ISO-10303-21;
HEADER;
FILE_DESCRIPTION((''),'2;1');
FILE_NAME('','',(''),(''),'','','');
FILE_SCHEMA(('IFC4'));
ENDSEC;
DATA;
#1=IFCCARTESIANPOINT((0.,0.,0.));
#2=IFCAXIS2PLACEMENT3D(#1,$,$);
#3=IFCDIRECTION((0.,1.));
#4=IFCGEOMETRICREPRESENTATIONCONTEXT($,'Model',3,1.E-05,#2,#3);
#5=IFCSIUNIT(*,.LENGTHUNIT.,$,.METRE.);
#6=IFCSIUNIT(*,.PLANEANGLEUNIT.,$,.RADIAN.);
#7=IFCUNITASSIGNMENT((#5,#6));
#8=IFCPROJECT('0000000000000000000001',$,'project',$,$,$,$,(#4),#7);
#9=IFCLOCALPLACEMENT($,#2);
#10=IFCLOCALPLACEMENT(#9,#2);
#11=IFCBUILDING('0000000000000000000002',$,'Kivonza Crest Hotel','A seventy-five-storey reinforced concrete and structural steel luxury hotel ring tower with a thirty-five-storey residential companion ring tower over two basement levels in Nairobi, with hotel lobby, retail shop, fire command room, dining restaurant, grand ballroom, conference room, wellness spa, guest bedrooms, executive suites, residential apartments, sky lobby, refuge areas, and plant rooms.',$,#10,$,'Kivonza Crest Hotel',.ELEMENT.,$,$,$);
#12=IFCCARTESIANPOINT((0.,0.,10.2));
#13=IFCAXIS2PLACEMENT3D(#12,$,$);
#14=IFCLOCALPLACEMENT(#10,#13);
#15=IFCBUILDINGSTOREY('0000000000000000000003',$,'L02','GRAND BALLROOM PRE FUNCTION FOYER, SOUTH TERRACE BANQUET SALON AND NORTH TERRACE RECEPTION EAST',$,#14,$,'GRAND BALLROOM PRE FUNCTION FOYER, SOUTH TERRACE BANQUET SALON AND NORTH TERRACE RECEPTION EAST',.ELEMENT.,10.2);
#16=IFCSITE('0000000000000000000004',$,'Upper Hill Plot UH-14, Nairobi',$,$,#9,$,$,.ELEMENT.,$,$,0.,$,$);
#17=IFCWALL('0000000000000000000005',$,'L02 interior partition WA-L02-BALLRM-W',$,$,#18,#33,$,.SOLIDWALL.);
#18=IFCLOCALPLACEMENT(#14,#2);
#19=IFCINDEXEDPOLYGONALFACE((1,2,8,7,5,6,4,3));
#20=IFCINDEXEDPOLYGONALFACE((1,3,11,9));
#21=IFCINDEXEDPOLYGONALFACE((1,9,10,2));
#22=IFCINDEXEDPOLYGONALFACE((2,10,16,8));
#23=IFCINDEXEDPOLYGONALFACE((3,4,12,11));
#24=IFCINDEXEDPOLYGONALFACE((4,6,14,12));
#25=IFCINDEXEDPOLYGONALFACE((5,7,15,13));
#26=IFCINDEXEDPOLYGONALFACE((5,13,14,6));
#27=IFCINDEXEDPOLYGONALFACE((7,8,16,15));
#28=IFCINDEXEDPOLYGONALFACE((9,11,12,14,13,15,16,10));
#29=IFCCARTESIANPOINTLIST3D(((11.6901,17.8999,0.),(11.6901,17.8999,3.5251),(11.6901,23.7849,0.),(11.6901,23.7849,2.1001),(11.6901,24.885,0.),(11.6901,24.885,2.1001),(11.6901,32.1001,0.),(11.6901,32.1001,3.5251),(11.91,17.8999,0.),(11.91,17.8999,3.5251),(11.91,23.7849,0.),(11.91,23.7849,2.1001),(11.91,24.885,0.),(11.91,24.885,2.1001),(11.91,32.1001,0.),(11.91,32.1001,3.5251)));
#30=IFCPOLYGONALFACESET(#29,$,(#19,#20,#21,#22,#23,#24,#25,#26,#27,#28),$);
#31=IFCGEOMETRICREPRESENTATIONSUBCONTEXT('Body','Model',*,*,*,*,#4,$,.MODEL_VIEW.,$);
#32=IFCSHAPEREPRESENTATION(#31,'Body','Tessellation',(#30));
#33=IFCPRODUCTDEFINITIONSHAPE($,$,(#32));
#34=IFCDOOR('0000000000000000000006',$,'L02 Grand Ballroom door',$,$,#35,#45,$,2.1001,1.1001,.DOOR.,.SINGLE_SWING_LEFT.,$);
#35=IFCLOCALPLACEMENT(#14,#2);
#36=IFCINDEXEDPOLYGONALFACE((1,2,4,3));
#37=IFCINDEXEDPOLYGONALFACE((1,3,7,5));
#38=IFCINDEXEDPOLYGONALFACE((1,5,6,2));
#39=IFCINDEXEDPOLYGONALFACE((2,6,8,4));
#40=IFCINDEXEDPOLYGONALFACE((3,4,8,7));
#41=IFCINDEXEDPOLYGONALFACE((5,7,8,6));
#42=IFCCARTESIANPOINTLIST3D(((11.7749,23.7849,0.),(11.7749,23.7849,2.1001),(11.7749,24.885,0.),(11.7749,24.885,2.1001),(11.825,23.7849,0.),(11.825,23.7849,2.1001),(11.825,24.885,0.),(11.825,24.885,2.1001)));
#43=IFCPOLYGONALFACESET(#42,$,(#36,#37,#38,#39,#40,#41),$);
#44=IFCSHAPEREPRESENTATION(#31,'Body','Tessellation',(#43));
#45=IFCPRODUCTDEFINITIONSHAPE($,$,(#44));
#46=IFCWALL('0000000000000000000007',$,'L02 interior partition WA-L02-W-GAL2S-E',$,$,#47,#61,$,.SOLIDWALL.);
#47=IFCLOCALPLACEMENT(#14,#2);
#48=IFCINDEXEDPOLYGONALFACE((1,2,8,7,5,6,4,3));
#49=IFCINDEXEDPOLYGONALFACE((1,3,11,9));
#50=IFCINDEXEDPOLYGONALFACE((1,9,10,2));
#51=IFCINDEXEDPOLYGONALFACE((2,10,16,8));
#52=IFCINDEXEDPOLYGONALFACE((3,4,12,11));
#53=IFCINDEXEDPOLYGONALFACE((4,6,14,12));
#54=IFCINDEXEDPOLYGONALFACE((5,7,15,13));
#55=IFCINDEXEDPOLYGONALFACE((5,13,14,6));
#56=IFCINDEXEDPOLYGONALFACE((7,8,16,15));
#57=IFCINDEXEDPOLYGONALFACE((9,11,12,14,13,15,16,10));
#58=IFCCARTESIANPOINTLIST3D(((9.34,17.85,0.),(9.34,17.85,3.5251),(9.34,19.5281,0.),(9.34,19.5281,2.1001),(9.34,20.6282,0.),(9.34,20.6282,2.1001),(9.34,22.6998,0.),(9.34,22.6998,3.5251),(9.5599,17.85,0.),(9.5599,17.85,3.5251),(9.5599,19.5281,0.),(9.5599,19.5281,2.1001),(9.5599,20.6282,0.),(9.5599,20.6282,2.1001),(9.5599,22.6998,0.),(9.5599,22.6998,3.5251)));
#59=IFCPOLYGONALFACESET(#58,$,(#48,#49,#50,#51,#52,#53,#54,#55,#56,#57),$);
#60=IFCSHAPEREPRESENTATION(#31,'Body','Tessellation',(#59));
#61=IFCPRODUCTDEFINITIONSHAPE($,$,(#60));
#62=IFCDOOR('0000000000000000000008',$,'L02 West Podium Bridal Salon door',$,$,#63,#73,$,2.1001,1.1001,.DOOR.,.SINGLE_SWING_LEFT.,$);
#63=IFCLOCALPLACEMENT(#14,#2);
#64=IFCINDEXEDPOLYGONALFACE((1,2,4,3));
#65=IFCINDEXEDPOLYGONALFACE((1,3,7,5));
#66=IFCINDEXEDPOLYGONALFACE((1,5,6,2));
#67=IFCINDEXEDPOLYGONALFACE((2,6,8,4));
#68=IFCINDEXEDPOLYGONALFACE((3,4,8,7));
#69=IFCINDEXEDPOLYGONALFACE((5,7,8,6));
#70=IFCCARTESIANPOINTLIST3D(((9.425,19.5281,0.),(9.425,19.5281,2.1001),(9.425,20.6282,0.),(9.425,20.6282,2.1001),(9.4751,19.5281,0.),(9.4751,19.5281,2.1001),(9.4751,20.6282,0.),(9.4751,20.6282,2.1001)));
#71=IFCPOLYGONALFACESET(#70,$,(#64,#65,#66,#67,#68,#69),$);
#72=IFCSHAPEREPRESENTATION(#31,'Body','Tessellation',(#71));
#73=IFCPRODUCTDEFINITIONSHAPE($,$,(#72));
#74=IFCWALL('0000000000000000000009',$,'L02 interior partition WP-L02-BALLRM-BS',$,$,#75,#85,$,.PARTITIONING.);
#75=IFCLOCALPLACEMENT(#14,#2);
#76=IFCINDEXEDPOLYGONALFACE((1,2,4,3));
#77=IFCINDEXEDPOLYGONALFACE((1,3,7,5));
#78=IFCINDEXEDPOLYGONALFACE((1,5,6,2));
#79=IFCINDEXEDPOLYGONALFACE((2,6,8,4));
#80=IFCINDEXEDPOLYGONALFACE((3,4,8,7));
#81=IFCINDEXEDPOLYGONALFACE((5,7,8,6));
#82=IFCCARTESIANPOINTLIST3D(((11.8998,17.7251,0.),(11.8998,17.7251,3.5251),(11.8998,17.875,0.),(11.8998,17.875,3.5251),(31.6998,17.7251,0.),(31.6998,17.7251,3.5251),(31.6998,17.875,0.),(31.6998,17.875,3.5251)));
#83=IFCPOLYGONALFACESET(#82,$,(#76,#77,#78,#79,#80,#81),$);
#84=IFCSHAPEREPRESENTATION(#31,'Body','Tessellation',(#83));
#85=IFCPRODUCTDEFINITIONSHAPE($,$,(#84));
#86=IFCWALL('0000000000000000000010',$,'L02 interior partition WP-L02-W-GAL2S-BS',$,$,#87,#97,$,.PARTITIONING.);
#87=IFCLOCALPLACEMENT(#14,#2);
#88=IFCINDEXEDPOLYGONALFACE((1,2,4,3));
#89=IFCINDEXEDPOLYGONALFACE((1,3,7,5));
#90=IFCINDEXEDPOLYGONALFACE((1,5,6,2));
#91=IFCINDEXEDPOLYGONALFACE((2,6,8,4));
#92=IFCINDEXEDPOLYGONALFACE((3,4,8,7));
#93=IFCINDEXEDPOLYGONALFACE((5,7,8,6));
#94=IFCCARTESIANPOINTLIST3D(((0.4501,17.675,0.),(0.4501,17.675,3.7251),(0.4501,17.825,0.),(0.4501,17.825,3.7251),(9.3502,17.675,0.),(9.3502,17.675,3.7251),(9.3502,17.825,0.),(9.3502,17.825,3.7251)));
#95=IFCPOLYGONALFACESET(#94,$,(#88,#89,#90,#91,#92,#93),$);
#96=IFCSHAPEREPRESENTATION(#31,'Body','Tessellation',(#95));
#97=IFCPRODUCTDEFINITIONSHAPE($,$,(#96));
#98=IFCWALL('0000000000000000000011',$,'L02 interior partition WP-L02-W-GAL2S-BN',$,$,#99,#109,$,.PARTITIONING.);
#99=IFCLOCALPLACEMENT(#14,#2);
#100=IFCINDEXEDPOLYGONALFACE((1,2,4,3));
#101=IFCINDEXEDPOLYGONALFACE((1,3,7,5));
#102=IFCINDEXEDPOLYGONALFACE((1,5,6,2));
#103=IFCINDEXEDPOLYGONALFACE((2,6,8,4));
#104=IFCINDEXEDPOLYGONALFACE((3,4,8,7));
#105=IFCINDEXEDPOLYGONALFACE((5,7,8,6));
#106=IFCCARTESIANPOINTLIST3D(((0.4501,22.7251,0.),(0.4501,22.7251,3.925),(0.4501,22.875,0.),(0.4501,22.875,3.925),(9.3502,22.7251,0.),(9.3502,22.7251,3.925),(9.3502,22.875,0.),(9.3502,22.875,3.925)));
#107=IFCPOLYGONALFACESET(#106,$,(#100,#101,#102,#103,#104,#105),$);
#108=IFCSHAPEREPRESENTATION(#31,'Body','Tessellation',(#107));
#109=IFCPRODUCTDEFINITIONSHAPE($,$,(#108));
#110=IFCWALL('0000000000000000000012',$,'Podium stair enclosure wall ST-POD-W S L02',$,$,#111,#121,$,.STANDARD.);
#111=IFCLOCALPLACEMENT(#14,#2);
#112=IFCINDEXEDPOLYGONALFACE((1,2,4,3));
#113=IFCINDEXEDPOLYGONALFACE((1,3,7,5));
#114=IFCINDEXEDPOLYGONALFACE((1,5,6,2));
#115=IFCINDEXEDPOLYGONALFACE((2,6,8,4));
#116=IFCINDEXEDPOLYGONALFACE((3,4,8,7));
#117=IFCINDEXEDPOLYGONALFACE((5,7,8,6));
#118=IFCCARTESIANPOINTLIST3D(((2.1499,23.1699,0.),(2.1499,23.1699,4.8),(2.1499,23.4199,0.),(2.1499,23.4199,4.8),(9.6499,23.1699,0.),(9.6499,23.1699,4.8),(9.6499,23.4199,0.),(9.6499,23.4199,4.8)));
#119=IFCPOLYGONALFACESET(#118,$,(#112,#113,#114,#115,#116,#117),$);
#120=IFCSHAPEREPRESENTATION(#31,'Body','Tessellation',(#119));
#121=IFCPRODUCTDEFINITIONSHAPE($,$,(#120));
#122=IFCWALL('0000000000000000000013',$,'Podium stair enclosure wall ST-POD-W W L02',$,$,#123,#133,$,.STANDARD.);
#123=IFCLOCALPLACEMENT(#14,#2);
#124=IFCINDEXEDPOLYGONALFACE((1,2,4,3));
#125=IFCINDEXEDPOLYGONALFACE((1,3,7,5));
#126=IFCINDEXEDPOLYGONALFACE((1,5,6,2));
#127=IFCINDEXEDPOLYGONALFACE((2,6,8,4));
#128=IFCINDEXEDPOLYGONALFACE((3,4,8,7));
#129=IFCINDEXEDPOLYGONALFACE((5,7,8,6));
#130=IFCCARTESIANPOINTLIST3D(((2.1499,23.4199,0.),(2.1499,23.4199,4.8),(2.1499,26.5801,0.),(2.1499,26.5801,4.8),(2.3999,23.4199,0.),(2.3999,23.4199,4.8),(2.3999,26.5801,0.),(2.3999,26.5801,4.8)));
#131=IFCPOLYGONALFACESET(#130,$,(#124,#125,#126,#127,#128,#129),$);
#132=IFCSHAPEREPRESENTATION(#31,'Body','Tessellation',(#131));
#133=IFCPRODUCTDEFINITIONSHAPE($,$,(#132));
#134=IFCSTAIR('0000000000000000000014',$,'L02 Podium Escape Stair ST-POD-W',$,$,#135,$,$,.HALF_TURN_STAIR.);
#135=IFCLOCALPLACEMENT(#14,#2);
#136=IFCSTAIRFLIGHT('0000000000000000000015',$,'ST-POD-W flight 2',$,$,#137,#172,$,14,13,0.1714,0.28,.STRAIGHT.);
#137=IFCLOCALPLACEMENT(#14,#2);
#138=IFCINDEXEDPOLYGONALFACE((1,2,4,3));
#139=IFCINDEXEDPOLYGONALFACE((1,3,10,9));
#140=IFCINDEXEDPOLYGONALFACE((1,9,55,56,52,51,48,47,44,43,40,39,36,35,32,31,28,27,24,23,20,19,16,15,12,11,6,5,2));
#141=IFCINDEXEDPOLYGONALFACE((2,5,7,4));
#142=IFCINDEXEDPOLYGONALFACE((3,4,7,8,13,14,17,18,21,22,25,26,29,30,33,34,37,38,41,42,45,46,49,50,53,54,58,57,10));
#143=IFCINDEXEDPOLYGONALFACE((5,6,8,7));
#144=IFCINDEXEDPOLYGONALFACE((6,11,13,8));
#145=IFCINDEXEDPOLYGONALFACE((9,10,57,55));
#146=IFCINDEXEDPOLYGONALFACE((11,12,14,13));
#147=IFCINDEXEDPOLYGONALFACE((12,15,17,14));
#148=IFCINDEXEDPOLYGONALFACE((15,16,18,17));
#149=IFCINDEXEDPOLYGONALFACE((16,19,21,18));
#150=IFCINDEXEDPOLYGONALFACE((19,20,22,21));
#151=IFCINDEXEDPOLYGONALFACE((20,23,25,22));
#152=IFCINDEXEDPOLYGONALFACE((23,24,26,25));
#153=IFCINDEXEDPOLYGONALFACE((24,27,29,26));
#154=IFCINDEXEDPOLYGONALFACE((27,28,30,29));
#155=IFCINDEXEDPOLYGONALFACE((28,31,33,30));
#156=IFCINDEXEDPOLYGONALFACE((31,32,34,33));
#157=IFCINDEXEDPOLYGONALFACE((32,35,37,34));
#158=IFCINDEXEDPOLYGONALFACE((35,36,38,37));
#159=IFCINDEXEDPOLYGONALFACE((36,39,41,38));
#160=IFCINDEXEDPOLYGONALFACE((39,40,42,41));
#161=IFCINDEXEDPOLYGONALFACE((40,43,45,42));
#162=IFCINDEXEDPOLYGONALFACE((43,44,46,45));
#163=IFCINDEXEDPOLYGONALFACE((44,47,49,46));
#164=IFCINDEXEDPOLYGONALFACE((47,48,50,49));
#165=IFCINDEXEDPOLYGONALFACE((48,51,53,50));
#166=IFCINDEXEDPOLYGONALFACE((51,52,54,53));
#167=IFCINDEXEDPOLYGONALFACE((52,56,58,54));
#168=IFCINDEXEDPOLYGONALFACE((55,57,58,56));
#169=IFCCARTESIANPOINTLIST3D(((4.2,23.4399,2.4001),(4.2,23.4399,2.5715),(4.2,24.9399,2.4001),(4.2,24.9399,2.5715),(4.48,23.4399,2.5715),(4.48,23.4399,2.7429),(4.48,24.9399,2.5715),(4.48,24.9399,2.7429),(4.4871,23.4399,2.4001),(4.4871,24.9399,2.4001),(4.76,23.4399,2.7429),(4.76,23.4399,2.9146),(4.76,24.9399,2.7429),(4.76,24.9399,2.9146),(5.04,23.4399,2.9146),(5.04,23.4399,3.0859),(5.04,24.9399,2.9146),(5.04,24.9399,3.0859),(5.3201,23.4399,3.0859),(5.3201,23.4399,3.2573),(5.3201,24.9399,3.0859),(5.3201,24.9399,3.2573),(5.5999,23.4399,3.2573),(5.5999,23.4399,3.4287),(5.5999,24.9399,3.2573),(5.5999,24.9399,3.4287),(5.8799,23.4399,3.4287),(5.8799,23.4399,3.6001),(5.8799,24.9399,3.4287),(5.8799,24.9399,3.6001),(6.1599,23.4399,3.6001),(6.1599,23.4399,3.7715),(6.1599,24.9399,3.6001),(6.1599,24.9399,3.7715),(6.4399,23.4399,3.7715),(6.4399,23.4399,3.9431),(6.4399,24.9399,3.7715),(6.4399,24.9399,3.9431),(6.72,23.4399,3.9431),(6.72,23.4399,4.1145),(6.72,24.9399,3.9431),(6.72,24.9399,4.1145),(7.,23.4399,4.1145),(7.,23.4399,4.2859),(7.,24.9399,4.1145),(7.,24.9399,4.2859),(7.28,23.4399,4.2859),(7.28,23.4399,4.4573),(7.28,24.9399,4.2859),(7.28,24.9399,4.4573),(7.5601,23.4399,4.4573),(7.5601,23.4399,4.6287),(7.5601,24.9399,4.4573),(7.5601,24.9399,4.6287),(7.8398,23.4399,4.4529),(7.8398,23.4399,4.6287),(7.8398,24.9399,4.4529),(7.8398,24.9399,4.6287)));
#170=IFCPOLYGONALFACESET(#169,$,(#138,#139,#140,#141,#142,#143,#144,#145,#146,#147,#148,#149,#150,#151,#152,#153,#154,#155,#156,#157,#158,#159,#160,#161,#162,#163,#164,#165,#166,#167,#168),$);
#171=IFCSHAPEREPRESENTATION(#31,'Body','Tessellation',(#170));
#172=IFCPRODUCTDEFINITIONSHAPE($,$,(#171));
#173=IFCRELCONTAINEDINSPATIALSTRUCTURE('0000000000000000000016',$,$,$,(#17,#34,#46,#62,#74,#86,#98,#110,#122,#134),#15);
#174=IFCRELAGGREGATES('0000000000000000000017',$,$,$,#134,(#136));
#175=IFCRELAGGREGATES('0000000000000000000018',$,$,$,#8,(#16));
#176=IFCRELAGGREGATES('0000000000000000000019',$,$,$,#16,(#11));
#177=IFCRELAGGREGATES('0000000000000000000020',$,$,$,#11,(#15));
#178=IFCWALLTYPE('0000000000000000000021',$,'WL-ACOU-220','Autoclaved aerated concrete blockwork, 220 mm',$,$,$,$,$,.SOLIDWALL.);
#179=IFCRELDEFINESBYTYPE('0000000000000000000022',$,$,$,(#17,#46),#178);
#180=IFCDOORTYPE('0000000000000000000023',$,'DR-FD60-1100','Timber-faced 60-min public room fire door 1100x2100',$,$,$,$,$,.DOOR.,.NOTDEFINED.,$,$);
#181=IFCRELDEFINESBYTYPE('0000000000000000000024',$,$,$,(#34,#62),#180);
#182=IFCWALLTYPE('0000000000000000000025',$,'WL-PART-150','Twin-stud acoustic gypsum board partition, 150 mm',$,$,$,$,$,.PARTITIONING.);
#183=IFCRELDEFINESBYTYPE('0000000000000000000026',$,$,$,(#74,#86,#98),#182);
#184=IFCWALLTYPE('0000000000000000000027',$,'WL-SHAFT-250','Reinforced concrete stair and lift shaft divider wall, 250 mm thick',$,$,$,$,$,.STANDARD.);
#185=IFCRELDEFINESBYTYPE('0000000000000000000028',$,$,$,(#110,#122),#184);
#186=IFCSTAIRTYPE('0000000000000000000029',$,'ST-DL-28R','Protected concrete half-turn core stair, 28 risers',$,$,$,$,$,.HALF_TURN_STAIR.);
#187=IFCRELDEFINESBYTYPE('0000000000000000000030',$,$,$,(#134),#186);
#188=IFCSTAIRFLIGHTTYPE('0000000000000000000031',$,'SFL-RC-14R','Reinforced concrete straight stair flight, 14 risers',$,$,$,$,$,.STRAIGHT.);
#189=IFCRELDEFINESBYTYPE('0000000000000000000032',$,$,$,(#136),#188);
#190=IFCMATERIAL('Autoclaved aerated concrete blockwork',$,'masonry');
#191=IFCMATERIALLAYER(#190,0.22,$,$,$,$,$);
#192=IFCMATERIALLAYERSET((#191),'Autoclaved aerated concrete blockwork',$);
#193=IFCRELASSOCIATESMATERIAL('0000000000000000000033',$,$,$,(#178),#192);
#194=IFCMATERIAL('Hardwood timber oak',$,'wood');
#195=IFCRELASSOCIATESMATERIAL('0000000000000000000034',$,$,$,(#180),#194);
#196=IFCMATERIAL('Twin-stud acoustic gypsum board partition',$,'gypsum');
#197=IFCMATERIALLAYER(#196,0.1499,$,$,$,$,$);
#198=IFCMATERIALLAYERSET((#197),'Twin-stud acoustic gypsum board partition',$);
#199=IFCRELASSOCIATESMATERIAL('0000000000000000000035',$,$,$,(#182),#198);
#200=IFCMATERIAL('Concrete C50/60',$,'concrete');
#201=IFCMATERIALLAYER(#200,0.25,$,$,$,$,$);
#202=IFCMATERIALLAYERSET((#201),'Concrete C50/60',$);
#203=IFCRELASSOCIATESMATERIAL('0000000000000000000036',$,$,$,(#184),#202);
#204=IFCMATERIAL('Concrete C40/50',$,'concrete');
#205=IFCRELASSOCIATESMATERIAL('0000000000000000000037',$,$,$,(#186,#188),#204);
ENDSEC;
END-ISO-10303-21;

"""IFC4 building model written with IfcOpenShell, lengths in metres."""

from ifc_helpers import new_model, si_unit, direction, frame, frame_2d, origin, place, context, subcontext, project, spatial, polyline, rectangle, outline, extrude, material, layer, layer_set, type_object, element, fill, aggregate, save


model = new_model("IFC4")

# Units and contexts
model_context = context("Model", 3, precision=1e-05, world=origin(), true_north=direction((0.0, 1.0)))
body_context = subcontext(model_context, "Body", "Model", "MODEL_VIEW")
ifc_project = project(units=[si_unit("LENGTHUNIT", "METRE"), si_unit("PLANEANGLEUNIT", "RADIAN")], contexts=[model_context])

# Site, building, storey
site_placement = place(None, origin())
site = spatial("IfcSite", under=ifc_project, at=site_placement, Name="Upper Hill Plot UH-14, Nairobi", CompositionType="ELEMENT", RefElevation=0.0)
building_placement = place(site_placement, origin())
building = spatial("IfcBuilding", under=site, at=building_placement, Name="Kivonza Crest Hotel", Description="A seventy-five-storey reinforced concrete and structural steel luxury hotel ring tower with a thirty-five-storey residential companion ring tower over two basement levels in Nairobi, with hotel lobby, retail shop, fire command room, dining restaurant, grand ballroom, conference room, wellness spa, guest bedrooms, executive suites, residential apartments, sky lobby, refuge areas, and plant rooms.", LongName="Kivonza Crest Hotel", CompositionType="ELEMENT")
storey_placement = place(building_placement, frame((0.0, 0.0, 10.2)))
storey = spatial("IfcBuildingStorey", under=building, at=storey_placement, Name="L02", Description="GRAND BALLROOM PRE FUNCTION FOYER, SOUTH TERRACE BANQUET SALON AND NORTH TERRACE RECEPTION EAST", LongName="GRAND BALLROOM PRE FUNCTION FOYER, SOUTH TERRACE BANQUET SALON AND NORTH TERRACE RECEPTION EAST", CompositionType="ELEMENT", Elevation=10.2)

# Walls, openings, doors
ifc_material_1 = material(Name="Autoclaved aerated concrete blockwork", Category="masonry")
ifc_layer_1 = layer(ifc_material_1, 0.22)
ifc_layer_set_1 = layer_set([ifc_layer_1], Name="Autoclaved aerated concrete blockwork")
wall_type_1 = type_object("IfcWallType", Name="WL-ACOU-220", Description="Autoclaved aerated concrete blockwork, 220 mm", PredefinedType="SOLIDWALL", material=ifc_layer_set_1)
wall_1_placement = place(storey_placement, frame((11.8, 17.8999, 0.0), z_axis=(0.0, 0.0, 1.0), x_axis=(0.0, 1.0, 0.0)))
wall_1 = element("IfcWall", 1, at=wall_1_placement, inside=storey, type_object=wall_type_1, Name="L02 interior partition WA-L02-BALLRM-W", PredefinedType="SOLIDWALL", context=body_context, shape_type="SweptSolid", body=[
    extrude(rectangle(XDim=14.2002, YDim=0.22, at=frame_2d((7.1001, 0.0))), origin(), (0.0, 0.0, 1.0), 3.5251),
])
opening_1_placement = place(wall_1_placement, frame((5.885, 0.0, 0.0)))
opening_1 = element("IfcOpeningElement", 2, at=opening_1_placement, cuts=wall_1, PredefinedType="OPENING", context=body_context, shape_type="SweptSolid", body=[
    extrude(rectangle(XDim=1.1001, YDim=2.1001, at=frame_2d((0.55, 1.05))), frame((0.0, 0.1201, 0.0), z_axis=(0.0, -1.0, 0.0), x_axis=(1.0, 0.0, 0.0)), (0.0, 0.0, 1.0), 0.24),
])
ifc_material_2 = material(Name="Hardwood timber oak", Category="wood")
door_type_1 = type_object("IfcDoorType", Name="DR-FD60-1100", Description="Timber-faced 60-min public room fire door 1100x2100", OperationType="NOTDEFINED", PredefinedType="DOOR", material=ifc_material_2)
door_1_placement = place(opening_1_placement, frame((1.1001, 0.0, 0.0), z_axis=(0.0, 0.0, 1.0), x_axis=(-1.0, 0.0, 0.0)))
door_1 = element("IfcDoor", 3, at=door_1_placement, inside=storey, type_object=door_type_1, Name="L02 Grand Ballroom door", OperationType="SINGLE_SWING_LEFT", OverallHeight=2.1001, OverallWidth=1.1001, PredefinedType="DOOR", context=body_context, shape_type="SweptSolid", body=[
    extrude(rectangle(XDim=1.1001, YDim=2.1001, at=frame_2d((0.55, 1.05))), frame((0.0, 0.0249, 0.0), z_axis=(0.0, -1.0, 0.0), x_axis=(1.0, 0.0, 0.0)), (0.0, 0.0, 1.0), 0.05),
])
fill(opening_1, door_1)
wall_2_placement = place(storey_placement, frame((9.45, 17.8501, 0.0), z_axis=(0.0, 0.0, 1.0), x_axis=(0.0, 1.0, 0.0)))
wall_2 = element("IfcWall", 4, at=wall_2_placement, inside=storey, type_object=wall_type_1, Name="L02 interior partition WA-L02-W-GAL2S-E", PredefinedType="SOLIDWALL", context=body_context, shape_type="SweptSolid", body=[
    extrude(rectangle(XDim=4.8499, YDim=0.22, at=frame_2d((2.4248, 0.0))), origin(), (0.0, 0.0, 1.0), 3.5251),
])
opening_2_placement = place(wall_2_placement, frame((1.678, 0.0, 0.0)))
opening_2 = element("IfcOpeningElement", 5, at=opening_2_placement, cuts=wall_2, PredefinedType="OPENING", context=body_context, shape_type="SweptSolid", body=[
    extrude(rectangle(XDim=1.1001, YDim=2.1001, at=frame_2d((0.55, 1.05))), frame((0.0, 0.1201, 0.0), z_axis=(0.0, -1.0, 0.0), x_axis=(1.0, 0.0, 0.0)), (0.0, 0.0, 1.0), 0.24),
])
door_2_placement = place(opening_2_placement, origin())
door_2 = element("IfcDoor", 6, at=door_2_placement, inside=storey, type_object=door_type_1, Name="L02 West Podium Bridal Salon door", OperationType="SINGLE_SWING_LEFT", OverallHeight=2.1001, OverallWidth=1.1001, PredefinedType="DOOR", context=body_context, shape_type="SweptSolid", body=[
    extrude(rectangle(XDim=1.1001, YDim=2.1001, at=frame_2d((0.55, 1.05))), frame((0.0, 0.0249, 0.0), z_axis=(0.0, -1.0, 0.0), x_axis=(1.0, 0.0, 0.0)), (0.0, 0.0, 1.0), 0.05),
])
fill(opening_2, door_2)

# Walls
ifc_material_3 = material(Name="Twin-stud acoustic gypsum board partition", Category="gypsum")
ifc_layer_2 = layer(ifc_material_3, 0.1499)
ifc_layer_set_2 = layer_set([ifc_layer_2], Name="Twin-stud acoustic gypsum board partition")
wall_type_2 = type_object("IfcWallType", Name="WL-PART-150", Description="Twin-stud acoustic gypsum board partition, 150 mm", PredefinedType="PARTITIONING", material=ifc_layer_set_2)
wall_3_placement = place(storey_placement, frame((11.8999, 17.8, 0.0), z_axis=(0.0, 0.0, 1.0), x_axis=(1.0, 0.0, 0.0)))
element("IfcWall", 7, at=wall_3_placement, inside=storey, type_object=wall_type_2, Name="L02 interior partition WP-L02-BALLRM-BS", PredefinedType="PARTITIONING", context=body_context, shape_type="SweptSolid", body=[
    extrude(rectangle(XDim=19.8, YDim=0.1499, at=frame_2d((9.8999, 0.0))), origin(), (0.0, 0.0, 1.0), 3.5251),
])
wall_4_placement = place(storey_placement, frame((0.45, 17.75, 0.0), z_axis=(0.0, 0.0, 1.0), x_axis=(1.0, 0.0, 0.0)))
element("IfcWall", 8, at=wall_4_placement, inside=storey, type_object=wall_type_2, Name="L02 interior partition WP-L02-W-GAL2S-BS", PredefinedType="PARTITIONING", context=body_context, shape_type="SweptSolid", body=[
    extrude(rectangle(XDim=8.9001, YDim=0.1499, at=frame_2d((4.4502, 0.0))), origin(), (0.0, 0.0, 1.0), 3.7251),
])
wall_5_placement = place(storey_placement, frame((0.45, 22.8, 0.0), z_axis=(0.0, 0.0, 1.0), x_axis=(1.0, 0.0, 0.0)))
element("IfcWall", 9, at=wall_5_placement, inside=storey, type_object=wall_type_2, Name="L02 interior partition WP-L02-W-GAL2S-BN", PredefinedType="PARTITIONING", context=body_context, shape_type="SweptSolid", body=[
    extrude(rectangle(XDim=8.9001, YDim=0.1499, at=frame_2d((4.4502, 0.0))), origin(), (0.0, 0.0, 1.0), 3.925),
])
ifc_material_4 = material(Name="Concrete C50/60", Category="concrete")
ifc_layer_3 = layer(ifc_material_4, 0.25)
ifc_layer_set_3 = layer_set([ifc_layer_3], Name="Concrete C50/60")
wall_type_3 = type_object("IfcWallType", Name="WL-SHAFT-250", Description="Reinforced concrete stair and lift shaft divider wall, 250 mm thick", PredefinedType="STANDARD", material=ifc_layer_set_3)
wall_6_placement = place(storey_placement, frame((2.1499, 23.2949, 0.0), z_axis=(0.0, 0.0, 1.0), x_axis=(1.0, 0.0, 0.0)))
element("IfcWall", 10, at=wall_6_placement, inside=storey, type_object=wall_type_3, Name="Podium stair enclosure wall ST-POD-W S L02", PredefinedType="STANDARD", context=body_context, shape_type="SweptSolid", body=[
    extrude(rectangle(XDim=7.5, YDim=0.25, at=frame_2d((3.75, 0.0))), origin(), (0.0, 0.0, 1.0), 4.8),
])
wall_7_placement = place(storey_placement, frame((2.2749, 23.4199, 0.0), z_axis=(0.0, 0.0, 1.0), x_axis=(0.0, 1.0, 0.0)))
element("IfcWall", 11, at=wall_7_placement, inside=storey, type_object=wall_type_3, Name="Podium stair enclosure wall ST-POD-W W L02", PredefinedType="STANDARD", context=body_context, shape_type="SweptSolid", body=[
    extrude(rectangle(XDim=3.1602, YDim=0.25, at=frame_2d((1.5801, 0.0))), origin(), (0.0, 0.0, 1.0), 4.8),
])

# Stair, stair flight
ifc_material_5 = material(Name="Concrete C40/50", Category="concrete")
stair_type = type_object("IfcStairType", Name="ST-DL-28R", Description="Protected concrete half-turn core stair, 28 risers", PredefinedType="HALF_TURN_STAIR", material=ifc_material_5)
stair_placement = place(storey_placement, origin())
stair = element("IfcStair", 12, at=stair_placement, inside=storey, type_object=stair_type, Name="L02 Podium Escape Stair ST-POD-W", PredefinedType="HALF_TURN_STAIR")
stair_flight_type = type_object("IfcStairFlightType", Name="SFL-RC-14R", Description="Reinforced concrete straight stair flight, 14 risers", PredefinedType="STRAIGHT", material=ifc_material_5)
stair_flight_placement = place(storey_placement, frame((4.2, 24.1899, 2.4001), z_axis=(0.0, 0.0, 1.0), x_axis=(1.0, 0.0, 0.0)))
stair_flight = element("IfcStairFlight", 13, at=stair_flight_placement, type_object=stair_flight_type, Name="ST-POD-W flight 2", NumberOfRisers=14, NumberOfTreads=13, PredefinedType="STRAIGHT", RiserHeight=0.1714, TreadLength=0.28, context=body_context, shape_type="SweptSolid", body=[
    extrude(outline(polyline([(0.0, 0.0), (0.0, 0.1714), (0.28, 0.1714), (0.28, 0.3428), (0.5601, 0.3428), (0.5601, 0.5144), (0.8401, 0.5144), (0.8401, 0.6858), (1.1201, 0.6858), (1.1201, 0.8572), (1.3999, 0.8572), (1.3999, 1.0286), (1.6799, 1.0286), (1.6799, 1.2), (1.96, 1.2), (1.96, 1.3713), (2.24, 1.3713), (2.24, 1.543), (2.52, 1.543), (2.52, 1.7144), (2.8, 1.7144), (2.8, 1.8857), (3.0801, 1.8857), (3.0801, 2.0571), (3.3601, 2.0571), (3.3601, 2.2285), (3.6399, 2.2285), (3.6399, 2.3999), (3.6399, 2.0527), (0.2871, 0.0), (0.0, 0.0)])), frame((0.0, 0.75, 0.0), z_axis=(0.0, -1.0, 0.0), x_axis=(1.0, 0.0, 0.0)), (0.0, 0.0, 1.0), 1.5),
])
aggregate(stair, [stair_flight])

save(model, "model.ifc")
